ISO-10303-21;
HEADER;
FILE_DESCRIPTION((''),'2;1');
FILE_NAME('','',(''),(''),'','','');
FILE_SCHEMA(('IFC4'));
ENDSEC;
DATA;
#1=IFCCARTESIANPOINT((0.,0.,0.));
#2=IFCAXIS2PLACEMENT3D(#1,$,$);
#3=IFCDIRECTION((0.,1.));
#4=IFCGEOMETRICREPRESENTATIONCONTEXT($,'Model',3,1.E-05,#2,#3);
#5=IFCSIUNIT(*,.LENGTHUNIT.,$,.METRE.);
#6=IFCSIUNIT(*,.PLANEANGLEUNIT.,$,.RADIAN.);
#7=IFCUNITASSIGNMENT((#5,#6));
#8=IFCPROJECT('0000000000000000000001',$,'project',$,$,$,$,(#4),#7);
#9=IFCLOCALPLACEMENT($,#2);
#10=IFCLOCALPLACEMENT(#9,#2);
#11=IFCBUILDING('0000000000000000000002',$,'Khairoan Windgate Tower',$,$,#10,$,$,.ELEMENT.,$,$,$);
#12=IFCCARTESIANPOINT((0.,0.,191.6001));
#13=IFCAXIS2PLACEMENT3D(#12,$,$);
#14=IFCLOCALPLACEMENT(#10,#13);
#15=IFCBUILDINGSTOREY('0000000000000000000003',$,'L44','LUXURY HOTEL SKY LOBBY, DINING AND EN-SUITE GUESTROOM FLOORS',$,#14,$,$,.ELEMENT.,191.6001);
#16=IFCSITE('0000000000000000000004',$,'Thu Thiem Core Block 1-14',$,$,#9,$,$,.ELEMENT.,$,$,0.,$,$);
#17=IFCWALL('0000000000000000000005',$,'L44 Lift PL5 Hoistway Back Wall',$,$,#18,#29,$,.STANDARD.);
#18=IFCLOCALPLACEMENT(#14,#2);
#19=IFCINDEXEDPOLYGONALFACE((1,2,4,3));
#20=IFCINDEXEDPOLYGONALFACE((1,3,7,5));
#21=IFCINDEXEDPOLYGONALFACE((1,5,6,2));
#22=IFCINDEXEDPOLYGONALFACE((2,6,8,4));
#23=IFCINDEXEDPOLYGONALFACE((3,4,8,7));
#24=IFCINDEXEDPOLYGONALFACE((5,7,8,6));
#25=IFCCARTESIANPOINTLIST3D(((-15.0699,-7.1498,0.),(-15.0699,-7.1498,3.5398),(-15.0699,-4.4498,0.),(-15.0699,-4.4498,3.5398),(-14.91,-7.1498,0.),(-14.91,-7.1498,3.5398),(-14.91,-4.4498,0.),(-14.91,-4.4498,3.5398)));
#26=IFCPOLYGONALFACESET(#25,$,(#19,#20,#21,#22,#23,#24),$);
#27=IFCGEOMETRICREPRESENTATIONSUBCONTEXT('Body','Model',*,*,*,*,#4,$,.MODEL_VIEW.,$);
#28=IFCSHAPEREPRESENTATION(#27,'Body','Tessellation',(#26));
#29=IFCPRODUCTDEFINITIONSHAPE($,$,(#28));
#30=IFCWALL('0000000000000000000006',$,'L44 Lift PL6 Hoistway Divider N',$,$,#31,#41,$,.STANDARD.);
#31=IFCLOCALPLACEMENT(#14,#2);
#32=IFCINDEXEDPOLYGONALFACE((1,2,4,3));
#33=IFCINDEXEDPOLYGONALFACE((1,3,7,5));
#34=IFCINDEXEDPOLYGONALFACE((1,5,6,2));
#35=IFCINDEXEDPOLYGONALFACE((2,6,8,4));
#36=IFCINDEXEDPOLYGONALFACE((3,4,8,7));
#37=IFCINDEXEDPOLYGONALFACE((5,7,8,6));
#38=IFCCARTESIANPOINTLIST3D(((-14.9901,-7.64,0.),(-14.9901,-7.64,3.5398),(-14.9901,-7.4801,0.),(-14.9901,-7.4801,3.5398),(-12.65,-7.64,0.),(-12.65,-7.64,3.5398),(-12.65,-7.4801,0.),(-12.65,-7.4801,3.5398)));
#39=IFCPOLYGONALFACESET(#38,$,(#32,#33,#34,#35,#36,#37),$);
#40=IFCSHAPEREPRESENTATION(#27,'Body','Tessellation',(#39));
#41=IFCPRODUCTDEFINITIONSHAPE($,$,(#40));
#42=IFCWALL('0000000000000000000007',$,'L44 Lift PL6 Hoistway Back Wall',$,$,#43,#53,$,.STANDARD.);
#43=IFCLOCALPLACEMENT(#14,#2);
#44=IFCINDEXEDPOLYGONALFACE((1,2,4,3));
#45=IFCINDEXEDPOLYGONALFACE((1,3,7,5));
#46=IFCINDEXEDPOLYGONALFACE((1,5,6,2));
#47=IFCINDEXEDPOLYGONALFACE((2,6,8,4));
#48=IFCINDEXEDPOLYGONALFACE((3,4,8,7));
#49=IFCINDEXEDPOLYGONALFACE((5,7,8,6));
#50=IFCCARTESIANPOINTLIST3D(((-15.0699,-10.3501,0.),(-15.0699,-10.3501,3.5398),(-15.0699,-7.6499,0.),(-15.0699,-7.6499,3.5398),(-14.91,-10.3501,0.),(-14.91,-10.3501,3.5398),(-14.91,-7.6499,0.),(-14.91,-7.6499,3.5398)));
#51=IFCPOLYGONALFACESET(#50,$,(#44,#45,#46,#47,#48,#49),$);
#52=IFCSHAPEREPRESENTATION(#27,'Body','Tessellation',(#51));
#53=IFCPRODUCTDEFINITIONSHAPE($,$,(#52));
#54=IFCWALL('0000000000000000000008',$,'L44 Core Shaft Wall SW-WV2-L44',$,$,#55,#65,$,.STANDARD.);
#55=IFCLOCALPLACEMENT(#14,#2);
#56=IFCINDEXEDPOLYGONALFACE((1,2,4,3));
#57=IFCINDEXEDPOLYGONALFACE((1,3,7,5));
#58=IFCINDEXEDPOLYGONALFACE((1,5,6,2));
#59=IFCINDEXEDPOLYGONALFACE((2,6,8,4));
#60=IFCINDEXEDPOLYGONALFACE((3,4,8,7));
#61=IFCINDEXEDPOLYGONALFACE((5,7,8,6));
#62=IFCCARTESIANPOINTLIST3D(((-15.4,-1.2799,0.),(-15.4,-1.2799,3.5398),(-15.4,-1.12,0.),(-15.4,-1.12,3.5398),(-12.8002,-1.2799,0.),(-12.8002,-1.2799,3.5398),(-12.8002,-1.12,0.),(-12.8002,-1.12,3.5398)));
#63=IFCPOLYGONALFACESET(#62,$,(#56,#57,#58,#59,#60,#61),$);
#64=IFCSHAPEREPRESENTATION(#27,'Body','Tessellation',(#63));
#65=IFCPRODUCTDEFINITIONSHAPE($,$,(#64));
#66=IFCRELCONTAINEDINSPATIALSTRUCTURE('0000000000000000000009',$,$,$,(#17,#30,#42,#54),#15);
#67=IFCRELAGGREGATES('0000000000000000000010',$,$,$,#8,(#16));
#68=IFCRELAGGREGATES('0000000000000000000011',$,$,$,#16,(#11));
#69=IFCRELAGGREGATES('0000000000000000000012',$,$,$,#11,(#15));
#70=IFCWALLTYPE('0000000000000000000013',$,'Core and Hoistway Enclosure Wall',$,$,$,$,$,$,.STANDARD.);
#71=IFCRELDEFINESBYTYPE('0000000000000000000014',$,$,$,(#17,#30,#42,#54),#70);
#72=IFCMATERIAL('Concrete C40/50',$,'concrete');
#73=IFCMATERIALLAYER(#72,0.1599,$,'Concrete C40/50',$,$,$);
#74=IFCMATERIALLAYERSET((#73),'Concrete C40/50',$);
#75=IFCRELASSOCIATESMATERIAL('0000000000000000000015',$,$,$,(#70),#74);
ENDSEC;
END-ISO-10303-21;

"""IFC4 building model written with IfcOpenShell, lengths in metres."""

from ifc_helpers import new_model, si_unit, direction, frame, frame_2d, origin, place, context, subcontext, project, spatial, rectangle, extrude, material, layer, layer_set, type_object, element, save


model = new_model("IFC4")

# Units and contexts
model_context = context("Model", 3, precision=1e-05, world=origin(), true_north=direction((0.0, 1.0)))
body_context = subcontext(model_context, "Body", "Model", "MODEL_VIEW")
ifc_project = project(units=[si_unit("LENGTHUNIT", "METRE"), si_unit("PLANEANGLEUNIT", "RADIAN")], contexts=[model_context])

# Site, building, storey
site_placement = place(None, origin())
site = spatial("IfcSite", under=ifc_project, at=site_placement, Name="Thu Thiem Core Block 1-14", CompositionType="ELEMENT", RefElevation=0.0)
building_placement = place(site_placement, origin())
building = spatial("IfcBuilding", under=site, at=building_placement, Name="Khairoan Windgate Tower", CompositionType="ELEMENT")
storey_placement = place(building_placement, frame((0.0, 0.0, 191.6001)))
storey = spatial("IfcBuildingStorey", under=building, at=storey_placement, Name="L44", Description="LUXURY HOTEL SKY LOBBY, DINING AND EN-SUITE GUESTROOM FLOORS", CompositionType="ELEMENT", Elevation=191.6001)

# Walls
ifc_material_1 = material(Name="Concrete C40/50", Category="concrete")
ifc_layer = layer(ifc_material_1, 0.1599, Name="Concrete C40/50")
ifc_layer_set = layer_set([ifc_layer], Name="Concrete C40/50")
wall_type = type_object("IfcWallType", Name="Core and Hoistway Enclosure Wall", PredefinedType="STANDARD", material=ifc_layer_set)
wall_1_placement = place(storey_placement, frame((-14.99, -7.1499, 0.0), z_axis=(0.0, 0.0, 1.0), x_axis=(0.0, 1.0, 0.0)))
element("IfcWall", 1, at=wall_1_placement, inside=storey, type_object=wall_type, Name="L44 Lift PL5 Hoistway Back Wall", PredefinedType="STANDARD", context=body_context, shape_type="SweptSolid", body=[
    extrude(rectangle(XDim=2.7, YDim=0.1599, at=frame_2d((1.3501, 0.0))), origin(), (0.0, 0.0, 1.0), 3.5398),
])
wall_2_placement = place(storey_placement, frame((-14.99, -7.5601, 0.0), z_axis=(0.0, 0.0, 1.0), x_axis=(1.0, 0.0, 0.0)))
element("IfcWall", 2, at=wall_2_placement, inside=storey, type_object=wall_type, Name="L44 Lift PL6 Hoistway Divider N", PredefinedType="STANDARD", context=body_context, shape_type="SweptSolid", body=[
    extrude(rectangle(XDim=2.3401, YDim=0.1599, at=frame_2d((1.1699, 0.0))), origin(), (0.0, 0.0, 1.0), 3.5398),
])
wall_3_placement = place(storey_placement, frame((-14.99, -10.3501, 0.0), z_axis=(0.0, 0.0, 1.0), x_axis=(0.0, 1.0, 0.0)))
element("IfcWall", 3, at=wall_3_placement, inside=storey, type_object=wall_type, Name="L44 Lift PL6 Hoistway Back Wall", PredefinedType="STANDARD", context=body_context, shape_type="SweptSolid", body=[
    extrude(rectangle(XDim=2.7002, YDim=0.1599, at=frame_2d((1.3501, 0.0))), origin(), (0.0, 0.0, 1.0), 3.5398),
])
wall_4_placement = place(storey_placement, frame((-15.3999, -1.2, 0.0), z_axis=(0.0, 0.0, 1.0), x_axis=(1.0, 0.0, 0.0)))
element("IfcWall", 4, at=wall_4_placement, inside=storey, type_object=wall_type, Name="L44 Core Shaft Wall SW-WV2-L44", PredefinedType="STANDARD", context=body_context, shape_type="SweptSolid", body=[
    extrude(rectangle(XDim=2.5999, YDim=0.1599, at=frame_2d((1.2998, 0.0))), origin(), (0.0, 0.0, 1.0), 3.5398),
])

save(model, "model.ifc")
